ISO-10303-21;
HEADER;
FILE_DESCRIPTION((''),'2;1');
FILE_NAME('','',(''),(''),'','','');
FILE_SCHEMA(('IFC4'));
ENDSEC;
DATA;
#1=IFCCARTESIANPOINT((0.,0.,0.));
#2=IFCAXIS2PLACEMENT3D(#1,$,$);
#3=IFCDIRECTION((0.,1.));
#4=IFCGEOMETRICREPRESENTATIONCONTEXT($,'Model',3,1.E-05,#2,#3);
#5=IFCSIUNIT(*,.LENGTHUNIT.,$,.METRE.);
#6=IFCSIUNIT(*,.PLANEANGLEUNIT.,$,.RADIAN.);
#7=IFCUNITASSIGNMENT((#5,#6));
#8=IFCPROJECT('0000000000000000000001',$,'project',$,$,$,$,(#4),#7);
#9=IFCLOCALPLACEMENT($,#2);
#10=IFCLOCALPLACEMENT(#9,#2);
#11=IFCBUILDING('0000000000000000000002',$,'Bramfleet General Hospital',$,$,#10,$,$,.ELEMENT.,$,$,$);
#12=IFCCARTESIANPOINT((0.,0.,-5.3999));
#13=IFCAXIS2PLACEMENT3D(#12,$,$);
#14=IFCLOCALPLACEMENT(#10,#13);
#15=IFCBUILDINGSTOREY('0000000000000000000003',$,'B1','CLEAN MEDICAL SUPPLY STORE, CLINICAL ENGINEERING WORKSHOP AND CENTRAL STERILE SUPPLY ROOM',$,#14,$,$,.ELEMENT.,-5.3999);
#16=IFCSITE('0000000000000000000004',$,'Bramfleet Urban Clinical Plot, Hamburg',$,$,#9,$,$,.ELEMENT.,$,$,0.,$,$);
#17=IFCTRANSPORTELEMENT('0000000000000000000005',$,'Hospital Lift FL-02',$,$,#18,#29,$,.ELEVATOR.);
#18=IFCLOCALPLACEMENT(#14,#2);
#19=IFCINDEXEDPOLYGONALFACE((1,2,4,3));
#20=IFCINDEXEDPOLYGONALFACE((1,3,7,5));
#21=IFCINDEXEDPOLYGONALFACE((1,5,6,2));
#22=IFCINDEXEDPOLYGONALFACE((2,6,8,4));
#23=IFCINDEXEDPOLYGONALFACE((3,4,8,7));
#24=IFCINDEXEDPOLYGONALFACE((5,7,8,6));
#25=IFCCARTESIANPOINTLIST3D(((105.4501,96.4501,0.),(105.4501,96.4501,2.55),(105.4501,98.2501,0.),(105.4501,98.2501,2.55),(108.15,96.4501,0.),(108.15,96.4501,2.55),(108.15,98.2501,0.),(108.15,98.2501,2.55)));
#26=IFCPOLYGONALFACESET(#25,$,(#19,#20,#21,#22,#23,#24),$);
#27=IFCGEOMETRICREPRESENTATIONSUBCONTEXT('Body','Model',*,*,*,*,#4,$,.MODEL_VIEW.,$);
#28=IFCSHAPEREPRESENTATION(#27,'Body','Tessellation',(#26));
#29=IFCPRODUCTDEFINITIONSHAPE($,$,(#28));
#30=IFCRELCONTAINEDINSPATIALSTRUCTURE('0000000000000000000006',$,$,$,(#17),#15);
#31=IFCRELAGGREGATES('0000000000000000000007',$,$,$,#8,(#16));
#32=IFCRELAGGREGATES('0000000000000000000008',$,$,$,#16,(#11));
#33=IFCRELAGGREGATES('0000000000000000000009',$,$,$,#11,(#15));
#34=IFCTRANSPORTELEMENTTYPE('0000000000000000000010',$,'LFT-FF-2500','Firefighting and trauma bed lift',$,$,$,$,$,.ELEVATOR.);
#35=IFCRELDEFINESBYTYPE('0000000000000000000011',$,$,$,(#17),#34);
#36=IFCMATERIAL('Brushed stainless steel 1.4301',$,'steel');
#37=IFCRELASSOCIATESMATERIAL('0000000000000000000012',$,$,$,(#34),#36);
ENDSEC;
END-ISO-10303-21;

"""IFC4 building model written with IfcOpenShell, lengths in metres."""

from ifc_helpers import new_model, si_unit, direction, frame, origin, origin_2d, place, context, subcontext, project, spatial, rectangle, extrude, material, type_object, element, save


model = new_model("IFC4")

# Units and contexts
model_context = context("Model", 3, precision=1e-05, world=origin(), true_north=direction((0.0, 1.0)))
body_context = subcontext(model_context, "Body", "Model", "MODEL_VIEW")
ifc_project = project(units=[si_unit("LENGTHUNIT", "METRE"), si_unit("PLANEANGLEUNIT", "RADIAN")], contexts=[model_context])

# Site, building, storey
site_placement = place(None, origin())
site = spatial("IfcSite", under=ifc_project, at=site_placement, Name="Bramfleet Urban Clinical Plot, Hamburg", CompositionType="ELEMENT", RefElevation=0.0)
building_placement = place(site_placement, origin())
building = spatial("IfcBuilding", under=site, at=building_placement, Name="Bramfleet General Hospital", CompositionType="ELEMENT")
storey_placement = place(building_placement, frame((0.0, 0.0, -5.3999)))
storey = spatial("IfcBuildingStorey", under=building, at=storey_placement, Name="B1", Description="CLEAN MEDICAL SUPPLY STORE, CLINICAL ENGINEERING WORKSHOP AND CENTRAL STERILE SUPPLY ROOM", CompositionType="ELEMENT", Elevation=-5.3999)

# Shared definitions
ifc_material_1 = material(Name="Brushed stainless steel 1.4301", Category="steel")

# Transport element
transport_element_type_1 = type_object("IfcTransportElementType", Name="LFT-FF-2500", Description="Firefighting and trauma bed lift", PredefinedType="ELEVATOR", material=ifc_material_1)
transport_element_1_placement = place(storey_placement, frame((106.8, 97.3501, 0.0), z_axis=(0.0, 0.0, 1.0), x_axis=(1.0, 0.0, 0.0)))
element("IfcTransportElement", 1, at=transport_element_1_placement, inside=storey, type_object=transport_element_type_1, Name="Hospital Lift FL-02", PredefinedType="ELEVATOR", context=body_context, shape_type="SweptSolid", body=[
    extrude(rectangle(XDim=2.7, YDim=1.8, at=origin_2d()), origin(), (0.0, 0.0, 1.0), 2.55),
])

save(model, "model.ifc")
